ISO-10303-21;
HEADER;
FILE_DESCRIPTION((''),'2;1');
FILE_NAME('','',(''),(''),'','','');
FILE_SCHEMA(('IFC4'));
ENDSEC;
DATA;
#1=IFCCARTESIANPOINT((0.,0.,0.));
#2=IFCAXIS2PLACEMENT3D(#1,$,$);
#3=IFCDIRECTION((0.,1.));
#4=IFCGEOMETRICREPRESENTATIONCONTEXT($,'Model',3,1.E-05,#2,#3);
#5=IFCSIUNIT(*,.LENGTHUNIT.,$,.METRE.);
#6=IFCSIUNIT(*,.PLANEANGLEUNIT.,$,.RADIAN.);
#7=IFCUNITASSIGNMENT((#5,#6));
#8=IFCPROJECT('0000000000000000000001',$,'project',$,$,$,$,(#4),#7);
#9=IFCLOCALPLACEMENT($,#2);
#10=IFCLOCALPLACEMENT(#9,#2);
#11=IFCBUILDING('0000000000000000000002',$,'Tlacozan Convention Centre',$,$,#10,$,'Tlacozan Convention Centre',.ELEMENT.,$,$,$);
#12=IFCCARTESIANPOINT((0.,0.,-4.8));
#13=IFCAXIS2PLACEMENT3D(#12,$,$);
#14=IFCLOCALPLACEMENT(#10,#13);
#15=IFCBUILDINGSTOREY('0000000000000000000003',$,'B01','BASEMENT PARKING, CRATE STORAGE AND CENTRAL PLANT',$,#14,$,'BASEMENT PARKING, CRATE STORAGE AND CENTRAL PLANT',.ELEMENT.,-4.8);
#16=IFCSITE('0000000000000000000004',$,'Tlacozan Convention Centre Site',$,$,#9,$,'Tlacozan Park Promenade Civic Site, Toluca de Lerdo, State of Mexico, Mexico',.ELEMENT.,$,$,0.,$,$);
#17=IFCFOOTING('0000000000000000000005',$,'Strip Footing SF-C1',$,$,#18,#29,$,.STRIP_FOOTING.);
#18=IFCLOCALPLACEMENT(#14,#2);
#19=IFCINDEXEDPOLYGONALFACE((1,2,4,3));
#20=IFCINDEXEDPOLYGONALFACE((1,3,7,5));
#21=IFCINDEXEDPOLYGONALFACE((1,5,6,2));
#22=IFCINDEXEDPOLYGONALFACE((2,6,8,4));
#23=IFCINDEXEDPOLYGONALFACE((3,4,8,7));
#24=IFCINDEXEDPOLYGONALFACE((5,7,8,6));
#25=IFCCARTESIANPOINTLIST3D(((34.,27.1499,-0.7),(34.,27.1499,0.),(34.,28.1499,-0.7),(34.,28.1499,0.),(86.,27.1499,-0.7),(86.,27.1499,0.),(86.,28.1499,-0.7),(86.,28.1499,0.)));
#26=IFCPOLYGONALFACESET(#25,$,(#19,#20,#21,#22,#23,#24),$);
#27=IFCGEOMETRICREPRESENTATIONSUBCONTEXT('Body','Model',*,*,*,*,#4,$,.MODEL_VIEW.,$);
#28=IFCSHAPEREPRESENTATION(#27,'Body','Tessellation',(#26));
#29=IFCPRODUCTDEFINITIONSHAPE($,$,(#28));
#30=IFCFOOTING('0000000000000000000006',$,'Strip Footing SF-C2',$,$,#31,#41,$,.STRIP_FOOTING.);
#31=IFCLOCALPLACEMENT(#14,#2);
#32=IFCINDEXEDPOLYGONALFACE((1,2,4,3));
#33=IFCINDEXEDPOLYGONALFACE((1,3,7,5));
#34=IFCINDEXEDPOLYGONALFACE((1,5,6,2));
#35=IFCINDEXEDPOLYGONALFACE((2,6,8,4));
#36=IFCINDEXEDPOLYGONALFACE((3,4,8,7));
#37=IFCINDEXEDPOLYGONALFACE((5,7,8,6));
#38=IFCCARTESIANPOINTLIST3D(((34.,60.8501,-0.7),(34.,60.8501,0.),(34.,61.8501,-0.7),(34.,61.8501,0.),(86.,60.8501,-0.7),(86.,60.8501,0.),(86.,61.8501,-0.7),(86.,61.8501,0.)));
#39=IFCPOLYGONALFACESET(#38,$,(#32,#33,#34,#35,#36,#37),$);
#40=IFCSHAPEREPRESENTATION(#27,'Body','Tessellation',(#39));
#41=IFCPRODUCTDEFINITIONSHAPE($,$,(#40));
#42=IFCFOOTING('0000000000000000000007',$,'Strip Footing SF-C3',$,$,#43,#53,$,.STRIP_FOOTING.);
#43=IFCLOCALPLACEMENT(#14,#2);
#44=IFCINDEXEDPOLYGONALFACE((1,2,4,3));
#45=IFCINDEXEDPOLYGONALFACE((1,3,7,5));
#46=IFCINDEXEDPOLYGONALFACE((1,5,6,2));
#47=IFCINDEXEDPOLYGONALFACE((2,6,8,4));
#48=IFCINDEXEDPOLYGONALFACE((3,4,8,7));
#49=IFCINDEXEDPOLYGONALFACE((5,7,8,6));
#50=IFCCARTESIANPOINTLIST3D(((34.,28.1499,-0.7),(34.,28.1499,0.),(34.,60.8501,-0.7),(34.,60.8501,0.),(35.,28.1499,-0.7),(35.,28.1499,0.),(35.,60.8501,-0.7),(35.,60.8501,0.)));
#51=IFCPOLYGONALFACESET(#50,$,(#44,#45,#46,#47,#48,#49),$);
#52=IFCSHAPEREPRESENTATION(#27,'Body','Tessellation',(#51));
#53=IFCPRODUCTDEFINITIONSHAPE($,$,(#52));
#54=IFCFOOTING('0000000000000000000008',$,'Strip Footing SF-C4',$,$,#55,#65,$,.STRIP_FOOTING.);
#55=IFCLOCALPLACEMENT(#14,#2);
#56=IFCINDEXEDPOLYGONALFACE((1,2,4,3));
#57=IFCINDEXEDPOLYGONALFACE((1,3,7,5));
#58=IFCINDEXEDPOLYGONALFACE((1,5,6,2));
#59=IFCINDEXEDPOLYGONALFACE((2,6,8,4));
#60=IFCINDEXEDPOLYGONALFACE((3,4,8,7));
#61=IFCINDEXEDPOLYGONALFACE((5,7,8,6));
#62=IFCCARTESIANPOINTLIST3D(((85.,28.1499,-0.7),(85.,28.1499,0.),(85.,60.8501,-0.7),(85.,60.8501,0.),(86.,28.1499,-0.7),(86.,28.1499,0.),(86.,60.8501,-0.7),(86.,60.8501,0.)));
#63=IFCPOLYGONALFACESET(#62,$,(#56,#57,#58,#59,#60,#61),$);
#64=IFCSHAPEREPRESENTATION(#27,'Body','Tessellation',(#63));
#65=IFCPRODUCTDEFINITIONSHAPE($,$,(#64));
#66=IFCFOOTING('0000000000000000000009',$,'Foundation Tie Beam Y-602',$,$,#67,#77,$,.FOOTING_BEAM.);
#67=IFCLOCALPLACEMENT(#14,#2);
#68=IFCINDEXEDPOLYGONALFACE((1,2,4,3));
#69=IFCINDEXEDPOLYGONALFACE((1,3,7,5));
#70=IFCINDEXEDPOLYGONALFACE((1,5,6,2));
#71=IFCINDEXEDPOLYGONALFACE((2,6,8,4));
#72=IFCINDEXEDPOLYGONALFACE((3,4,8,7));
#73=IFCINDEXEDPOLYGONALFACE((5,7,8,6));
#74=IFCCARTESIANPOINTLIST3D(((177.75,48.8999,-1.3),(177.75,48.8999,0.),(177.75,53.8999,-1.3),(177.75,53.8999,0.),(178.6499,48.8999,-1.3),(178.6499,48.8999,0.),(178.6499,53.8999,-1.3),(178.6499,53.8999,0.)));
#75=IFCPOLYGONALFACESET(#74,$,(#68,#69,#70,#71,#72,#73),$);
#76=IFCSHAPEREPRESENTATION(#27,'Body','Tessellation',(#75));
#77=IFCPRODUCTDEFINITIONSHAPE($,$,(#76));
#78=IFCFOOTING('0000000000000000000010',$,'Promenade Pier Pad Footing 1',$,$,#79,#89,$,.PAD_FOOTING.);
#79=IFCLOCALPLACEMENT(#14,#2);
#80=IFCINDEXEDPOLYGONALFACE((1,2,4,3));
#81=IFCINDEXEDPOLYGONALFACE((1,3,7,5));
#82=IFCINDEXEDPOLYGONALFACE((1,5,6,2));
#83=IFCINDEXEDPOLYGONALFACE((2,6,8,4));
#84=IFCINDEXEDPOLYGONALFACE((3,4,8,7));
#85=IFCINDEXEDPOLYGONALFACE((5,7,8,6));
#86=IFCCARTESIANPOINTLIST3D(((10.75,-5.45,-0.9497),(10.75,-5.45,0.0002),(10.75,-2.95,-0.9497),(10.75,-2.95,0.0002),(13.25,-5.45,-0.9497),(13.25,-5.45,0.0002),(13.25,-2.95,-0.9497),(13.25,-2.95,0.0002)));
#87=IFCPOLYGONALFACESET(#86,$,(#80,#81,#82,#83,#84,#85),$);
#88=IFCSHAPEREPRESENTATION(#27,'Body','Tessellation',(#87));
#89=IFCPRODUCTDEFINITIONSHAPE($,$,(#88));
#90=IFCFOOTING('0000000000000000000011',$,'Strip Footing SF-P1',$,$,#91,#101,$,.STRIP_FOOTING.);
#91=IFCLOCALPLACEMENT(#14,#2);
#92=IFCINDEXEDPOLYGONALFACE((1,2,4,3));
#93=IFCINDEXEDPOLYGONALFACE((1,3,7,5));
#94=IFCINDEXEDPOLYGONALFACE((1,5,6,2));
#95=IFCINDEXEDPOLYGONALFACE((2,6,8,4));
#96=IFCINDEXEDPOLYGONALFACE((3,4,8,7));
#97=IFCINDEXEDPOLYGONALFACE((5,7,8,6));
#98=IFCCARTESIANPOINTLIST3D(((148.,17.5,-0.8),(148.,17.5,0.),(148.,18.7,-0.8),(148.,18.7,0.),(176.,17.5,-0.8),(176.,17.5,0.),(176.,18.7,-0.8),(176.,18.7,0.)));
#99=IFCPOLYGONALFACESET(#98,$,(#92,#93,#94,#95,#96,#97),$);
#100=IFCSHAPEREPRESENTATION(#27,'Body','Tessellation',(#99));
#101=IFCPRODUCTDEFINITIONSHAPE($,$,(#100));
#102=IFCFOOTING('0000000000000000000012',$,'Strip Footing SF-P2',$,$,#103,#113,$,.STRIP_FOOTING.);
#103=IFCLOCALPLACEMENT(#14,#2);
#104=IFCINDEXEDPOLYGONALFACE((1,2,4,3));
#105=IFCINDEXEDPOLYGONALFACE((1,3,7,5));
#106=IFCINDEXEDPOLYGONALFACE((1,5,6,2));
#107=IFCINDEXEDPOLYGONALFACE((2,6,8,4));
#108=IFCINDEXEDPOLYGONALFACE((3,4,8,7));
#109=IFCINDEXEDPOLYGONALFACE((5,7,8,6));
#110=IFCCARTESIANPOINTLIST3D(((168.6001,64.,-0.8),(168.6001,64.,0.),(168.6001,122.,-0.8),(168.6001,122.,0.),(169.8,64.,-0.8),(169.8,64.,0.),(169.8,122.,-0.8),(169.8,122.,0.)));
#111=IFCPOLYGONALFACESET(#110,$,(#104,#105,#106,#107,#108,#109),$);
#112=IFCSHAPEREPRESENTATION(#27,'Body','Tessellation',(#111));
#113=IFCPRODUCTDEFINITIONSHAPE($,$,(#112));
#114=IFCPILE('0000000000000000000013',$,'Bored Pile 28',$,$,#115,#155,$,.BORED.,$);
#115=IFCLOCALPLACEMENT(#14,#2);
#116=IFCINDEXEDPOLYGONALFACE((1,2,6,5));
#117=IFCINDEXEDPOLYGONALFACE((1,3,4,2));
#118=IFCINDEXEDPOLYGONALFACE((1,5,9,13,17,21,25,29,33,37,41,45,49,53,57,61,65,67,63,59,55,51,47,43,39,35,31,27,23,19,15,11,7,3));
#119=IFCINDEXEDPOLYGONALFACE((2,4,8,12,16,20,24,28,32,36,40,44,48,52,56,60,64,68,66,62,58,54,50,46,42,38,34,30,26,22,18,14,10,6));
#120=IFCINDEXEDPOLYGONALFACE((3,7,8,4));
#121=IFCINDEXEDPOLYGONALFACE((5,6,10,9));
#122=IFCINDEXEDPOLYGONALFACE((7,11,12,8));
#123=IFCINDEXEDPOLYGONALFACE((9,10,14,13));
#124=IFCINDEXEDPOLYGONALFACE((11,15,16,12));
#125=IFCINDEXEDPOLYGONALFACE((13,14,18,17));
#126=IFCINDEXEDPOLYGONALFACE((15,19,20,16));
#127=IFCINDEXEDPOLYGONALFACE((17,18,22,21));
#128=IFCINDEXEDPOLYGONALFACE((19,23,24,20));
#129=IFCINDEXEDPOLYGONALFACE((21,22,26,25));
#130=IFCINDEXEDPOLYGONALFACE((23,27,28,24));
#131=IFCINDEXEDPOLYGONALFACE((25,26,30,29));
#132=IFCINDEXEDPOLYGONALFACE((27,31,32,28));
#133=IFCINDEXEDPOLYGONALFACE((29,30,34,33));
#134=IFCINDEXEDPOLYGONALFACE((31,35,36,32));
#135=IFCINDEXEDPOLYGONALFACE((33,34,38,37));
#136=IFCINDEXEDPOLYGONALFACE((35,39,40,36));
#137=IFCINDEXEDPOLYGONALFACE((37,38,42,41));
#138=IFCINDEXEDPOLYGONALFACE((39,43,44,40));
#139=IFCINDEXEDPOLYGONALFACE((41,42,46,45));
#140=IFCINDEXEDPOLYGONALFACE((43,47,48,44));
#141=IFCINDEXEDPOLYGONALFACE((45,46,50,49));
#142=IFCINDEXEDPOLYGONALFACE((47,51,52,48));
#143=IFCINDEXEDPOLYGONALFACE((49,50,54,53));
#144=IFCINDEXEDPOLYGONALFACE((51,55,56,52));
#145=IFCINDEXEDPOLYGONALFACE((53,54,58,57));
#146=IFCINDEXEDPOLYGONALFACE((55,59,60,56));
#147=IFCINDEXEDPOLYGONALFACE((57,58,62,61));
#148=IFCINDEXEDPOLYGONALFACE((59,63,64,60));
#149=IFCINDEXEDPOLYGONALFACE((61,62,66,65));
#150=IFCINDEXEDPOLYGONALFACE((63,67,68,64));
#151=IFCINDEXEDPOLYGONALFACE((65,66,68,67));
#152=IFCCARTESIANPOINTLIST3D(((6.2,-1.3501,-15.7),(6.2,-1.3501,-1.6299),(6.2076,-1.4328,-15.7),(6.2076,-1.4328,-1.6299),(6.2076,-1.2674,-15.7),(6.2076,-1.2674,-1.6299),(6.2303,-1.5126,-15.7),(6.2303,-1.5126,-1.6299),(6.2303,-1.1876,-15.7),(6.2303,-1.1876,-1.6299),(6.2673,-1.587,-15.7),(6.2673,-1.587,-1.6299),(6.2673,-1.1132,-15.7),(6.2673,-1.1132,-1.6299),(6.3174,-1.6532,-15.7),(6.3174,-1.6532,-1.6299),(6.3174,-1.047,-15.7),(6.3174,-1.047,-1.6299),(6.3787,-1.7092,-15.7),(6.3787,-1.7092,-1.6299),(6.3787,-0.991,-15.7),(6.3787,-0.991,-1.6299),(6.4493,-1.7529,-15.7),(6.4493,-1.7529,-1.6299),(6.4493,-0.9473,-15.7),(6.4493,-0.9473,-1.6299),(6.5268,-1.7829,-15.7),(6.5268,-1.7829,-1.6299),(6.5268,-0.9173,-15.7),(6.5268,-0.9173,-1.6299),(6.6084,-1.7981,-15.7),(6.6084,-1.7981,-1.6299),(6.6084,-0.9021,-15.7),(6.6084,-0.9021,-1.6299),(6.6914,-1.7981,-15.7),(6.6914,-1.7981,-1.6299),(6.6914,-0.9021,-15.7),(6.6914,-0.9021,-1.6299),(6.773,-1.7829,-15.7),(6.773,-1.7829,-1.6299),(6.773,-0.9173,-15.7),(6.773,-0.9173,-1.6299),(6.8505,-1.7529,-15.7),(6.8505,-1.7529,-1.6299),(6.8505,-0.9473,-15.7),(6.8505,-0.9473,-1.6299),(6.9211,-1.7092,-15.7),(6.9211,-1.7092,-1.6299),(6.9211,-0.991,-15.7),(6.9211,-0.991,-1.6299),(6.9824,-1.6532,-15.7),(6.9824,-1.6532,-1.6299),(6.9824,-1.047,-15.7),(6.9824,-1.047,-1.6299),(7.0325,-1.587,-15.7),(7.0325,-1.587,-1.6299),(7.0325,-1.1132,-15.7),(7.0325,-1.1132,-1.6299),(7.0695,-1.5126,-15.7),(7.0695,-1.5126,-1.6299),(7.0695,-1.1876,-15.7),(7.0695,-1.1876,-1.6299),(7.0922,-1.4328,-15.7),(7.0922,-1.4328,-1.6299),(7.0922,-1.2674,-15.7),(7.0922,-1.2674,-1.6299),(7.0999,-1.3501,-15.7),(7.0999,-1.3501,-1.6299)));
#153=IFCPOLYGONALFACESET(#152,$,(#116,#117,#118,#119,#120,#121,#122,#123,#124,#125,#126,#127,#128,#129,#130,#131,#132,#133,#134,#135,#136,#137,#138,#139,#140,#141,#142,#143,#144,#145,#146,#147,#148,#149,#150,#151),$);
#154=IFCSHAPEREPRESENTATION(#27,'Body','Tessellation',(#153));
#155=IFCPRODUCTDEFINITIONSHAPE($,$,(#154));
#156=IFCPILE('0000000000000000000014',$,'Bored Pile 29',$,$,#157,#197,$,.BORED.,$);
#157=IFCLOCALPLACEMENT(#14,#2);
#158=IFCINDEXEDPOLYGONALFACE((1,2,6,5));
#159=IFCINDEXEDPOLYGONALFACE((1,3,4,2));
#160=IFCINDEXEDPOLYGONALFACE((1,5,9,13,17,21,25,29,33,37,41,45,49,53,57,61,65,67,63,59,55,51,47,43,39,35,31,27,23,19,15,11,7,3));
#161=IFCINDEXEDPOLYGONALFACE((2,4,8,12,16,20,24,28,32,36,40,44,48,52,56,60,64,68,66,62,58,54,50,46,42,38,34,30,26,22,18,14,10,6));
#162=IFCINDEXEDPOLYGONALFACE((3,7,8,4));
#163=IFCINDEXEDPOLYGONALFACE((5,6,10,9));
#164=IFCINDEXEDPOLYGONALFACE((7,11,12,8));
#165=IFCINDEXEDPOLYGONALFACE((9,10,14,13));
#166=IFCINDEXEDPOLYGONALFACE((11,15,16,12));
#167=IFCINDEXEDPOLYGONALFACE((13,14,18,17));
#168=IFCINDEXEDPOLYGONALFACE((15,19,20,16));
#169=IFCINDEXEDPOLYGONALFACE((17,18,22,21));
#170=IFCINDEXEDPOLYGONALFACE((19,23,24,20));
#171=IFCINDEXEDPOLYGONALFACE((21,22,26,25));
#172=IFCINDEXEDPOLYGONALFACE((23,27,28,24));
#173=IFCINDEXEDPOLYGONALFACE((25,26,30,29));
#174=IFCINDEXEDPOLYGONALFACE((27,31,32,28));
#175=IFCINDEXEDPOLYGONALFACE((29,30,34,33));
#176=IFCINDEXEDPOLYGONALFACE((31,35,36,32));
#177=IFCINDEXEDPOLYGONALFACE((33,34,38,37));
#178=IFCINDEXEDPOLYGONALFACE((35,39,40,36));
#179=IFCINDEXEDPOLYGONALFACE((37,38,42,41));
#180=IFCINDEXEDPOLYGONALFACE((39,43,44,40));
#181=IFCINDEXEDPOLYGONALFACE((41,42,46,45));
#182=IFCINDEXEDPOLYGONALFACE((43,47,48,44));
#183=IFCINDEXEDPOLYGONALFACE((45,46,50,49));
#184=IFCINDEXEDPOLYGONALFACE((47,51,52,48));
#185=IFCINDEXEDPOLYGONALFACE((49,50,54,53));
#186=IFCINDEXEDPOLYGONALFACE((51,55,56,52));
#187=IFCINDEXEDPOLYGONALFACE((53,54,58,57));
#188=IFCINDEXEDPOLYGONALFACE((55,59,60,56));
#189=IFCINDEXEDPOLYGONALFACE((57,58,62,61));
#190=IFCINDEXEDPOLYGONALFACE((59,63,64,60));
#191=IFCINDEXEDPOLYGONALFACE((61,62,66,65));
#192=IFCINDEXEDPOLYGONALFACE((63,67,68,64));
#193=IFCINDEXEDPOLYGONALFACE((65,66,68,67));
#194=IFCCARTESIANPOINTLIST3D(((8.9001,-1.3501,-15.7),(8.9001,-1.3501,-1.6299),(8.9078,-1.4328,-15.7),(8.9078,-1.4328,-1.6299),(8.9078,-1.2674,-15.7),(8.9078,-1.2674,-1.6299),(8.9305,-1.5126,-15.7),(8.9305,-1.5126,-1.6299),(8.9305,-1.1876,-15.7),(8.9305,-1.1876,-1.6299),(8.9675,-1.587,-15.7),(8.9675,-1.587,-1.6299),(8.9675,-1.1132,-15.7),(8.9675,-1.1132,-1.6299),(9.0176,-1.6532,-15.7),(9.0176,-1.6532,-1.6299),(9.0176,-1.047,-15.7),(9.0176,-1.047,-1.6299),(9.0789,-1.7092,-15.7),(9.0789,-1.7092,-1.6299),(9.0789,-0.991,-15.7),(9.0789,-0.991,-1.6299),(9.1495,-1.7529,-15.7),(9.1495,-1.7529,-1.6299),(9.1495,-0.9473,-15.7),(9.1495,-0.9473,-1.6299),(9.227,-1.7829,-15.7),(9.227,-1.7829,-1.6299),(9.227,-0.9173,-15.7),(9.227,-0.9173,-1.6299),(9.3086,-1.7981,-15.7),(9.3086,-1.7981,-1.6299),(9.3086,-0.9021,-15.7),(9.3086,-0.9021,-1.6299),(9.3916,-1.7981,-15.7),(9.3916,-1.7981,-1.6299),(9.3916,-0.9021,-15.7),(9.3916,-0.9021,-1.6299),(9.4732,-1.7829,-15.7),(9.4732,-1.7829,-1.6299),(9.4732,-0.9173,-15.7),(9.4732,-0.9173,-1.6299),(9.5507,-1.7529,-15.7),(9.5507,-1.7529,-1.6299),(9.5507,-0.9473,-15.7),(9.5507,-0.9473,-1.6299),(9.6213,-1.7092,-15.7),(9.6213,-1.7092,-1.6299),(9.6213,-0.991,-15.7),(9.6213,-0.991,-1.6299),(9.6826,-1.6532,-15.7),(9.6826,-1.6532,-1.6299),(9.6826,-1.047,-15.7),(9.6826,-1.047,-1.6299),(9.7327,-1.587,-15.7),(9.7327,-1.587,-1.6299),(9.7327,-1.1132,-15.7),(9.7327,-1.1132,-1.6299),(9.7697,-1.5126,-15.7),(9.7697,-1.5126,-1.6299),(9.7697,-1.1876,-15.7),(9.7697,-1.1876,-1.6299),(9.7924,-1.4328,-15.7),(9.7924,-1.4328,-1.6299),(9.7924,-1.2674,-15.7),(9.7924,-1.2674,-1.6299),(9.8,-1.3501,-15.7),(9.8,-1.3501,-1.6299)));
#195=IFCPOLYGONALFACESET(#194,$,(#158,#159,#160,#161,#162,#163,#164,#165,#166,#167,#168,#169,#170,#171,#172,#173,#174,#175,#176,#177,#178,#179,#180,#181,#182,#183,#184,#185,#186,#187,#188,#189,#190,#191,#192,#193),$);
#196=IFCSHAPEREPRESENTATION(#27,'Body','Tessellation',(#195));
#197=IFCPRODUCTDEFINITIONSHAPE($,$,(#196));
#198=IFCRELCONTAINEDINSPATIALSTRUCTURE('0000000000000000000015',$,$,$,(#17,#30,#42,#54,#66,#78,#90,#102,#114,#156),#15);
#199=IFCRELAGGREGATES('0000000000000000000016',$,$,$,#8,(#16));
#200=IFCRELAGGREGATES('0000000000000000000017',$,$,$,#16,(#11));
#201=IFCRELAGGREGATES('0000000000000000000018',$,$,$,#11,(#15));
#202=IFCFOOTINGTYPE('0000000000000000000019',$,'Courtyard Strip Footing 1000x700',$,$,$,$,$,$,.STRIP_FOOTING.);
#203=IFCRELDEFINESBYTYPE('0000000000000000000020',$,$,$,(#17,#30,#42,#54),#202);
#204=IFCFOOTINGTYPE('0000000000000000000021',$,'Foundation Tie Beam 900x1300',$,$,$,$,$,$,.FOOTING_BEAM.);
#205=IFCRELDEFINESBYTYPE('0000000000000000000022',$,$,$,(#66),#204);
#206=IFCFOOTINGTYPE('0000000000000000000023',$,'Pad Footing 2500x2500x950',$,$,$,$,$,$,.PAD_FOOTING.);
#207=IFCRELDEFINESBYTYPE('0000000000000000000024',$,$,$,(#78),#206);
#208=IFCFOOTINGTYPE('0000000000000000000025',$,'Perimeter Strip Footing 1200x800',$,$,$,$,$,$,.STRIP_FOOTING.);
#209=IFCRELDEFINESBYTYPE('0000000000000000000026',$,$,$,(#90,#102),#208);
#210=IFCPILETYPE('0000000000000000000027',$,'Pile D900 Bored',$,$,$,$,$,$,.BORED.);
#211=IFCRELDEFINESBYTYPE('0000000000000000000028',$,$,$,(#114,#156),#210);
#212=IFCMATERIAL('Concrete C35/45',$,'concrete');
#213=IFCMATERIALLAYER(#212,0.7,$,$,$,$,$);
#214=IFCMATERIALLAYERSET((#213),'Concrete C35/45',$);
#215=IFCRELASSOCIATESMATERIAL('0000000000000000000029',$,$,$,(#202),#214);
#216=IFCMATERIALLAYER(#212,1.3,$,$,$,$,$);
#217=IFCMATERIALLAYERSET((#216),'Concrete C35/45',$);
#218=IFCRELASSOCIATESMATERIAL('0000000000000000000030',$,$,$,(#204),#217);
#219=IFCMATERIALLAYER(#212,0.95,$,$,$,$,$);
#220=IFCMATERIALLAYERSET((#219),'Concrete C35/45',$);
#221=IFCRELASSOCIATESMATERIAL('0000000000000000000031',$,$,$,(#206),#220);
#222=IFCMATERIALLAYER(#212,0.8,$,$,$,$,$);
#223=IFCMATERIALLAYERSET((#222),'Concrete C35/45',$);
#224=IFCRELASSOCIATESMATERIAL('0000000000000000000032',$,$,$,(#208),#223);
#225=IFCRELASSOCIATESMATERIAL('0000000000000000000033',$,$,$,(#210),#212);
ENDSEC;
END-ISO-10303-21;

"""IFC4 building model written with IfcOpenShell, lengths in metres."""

from ifc_helpers import new_model, si_unit, direction, frame, origin, origin_2d, place, context, subcontext, project, spatial, polyline, rectangle, circle, outline, extrude, material, layer, layer_set, material_profile, profile_set, type_object, element, save


model = new_model("IFC4")

# Units and contexts
model_context = context("Model", 3, precision=1e-05, world=origin(), true_north=direction((0.0, 1.0)))
body_context = subcontext(model_context, "Body", "Model", "MODEL_VIEW")
ifc_project = project(units=[si_unit("LENGTHUNIT", "METRE"), si_unit("PLANEANGLEUNIT", "RADIAN")], contexts=[model_context])

# Site, building, storey
site_placement = place(None, origin())
site = spatial("IfcSite", under=ifc_project, at=site_placement, Name="Tlacozan Convention Centre Site", LongName="Tlacozan Park Promenade Civic Site, Toluca de Lerdo, State of Mexico, Mexico", CompositionType="ELEMENT", RefElevation=0.0)
building_placement = place(site_placement, origin())
building = spatial("IfcBuilding", under=site, at=building_placement, Name="Tlacozan Convention Centre", LongName="Tlacozan Convention Centre", CompositionType="ELEMENT")
storey_placement = place(building_placement, frame((0.0, 0.0, -4.8)))
storey = spatial("IfcBuildingStorey", under=building, at=storey_placement, Name="B01", Description="BASEMENT PARKING, CRATE STORAGE AND CENTRAL PLANT", LongName="BASEMENT PARKING, CRATE STORAGE AND CENTRAL PLANT", CompositionType="ELEMENT", Elevation=-4.8)

# Footings
ifc_material_1 = material(Name="Concrete C35/45", Category="concrete")
ifc_layer_1 = layer(ifc_material_1, 0.7)
ifc_layer_set_1 = layer_set([ifc_layer_1], Name="Concrete C35/45")
footing_type_1 = type_object("IfcFootingType", Name="Courtyard Strip Footing 1000x700", PredefinedType="STRIP_FOOTING", material=ifc_layer_set_1)
footing_1_placement = place(storey_placement, frame((0.0, 0.0, -0.7)))
element("IfcFooting", 1, at=footing_1_placement, inside=storey, type_object=footing_type_1, Name="Strip Footing SF-C1", PredefinedType="STRIP_FOOTING", context=body_context, shape_type="SweptSolid", body=[
    extrude(outline(polyline([(34.0, 27.1499), (86.0, 27.1499), (86.0, 28.1499), (34.0, 28.1499), (34.0, 27.1499)])), origin(), (0.0, 0.0, 1.0), 0.7),
])
footing_2_placement = place(storey_placement, frame((0.0, 0.0, -0.7)))
element("IfcFooting", 2, at=footing_2_placement, inside=storey, type_object=footing_type_1, Name="Strip Footing SF-C2", PredefinedType="STRIP_FOOTING", context=body_context, shape_type="SweptSolid", body=[
    extrude(outline(polyline([(34.0, 60.8501), (86.0, 60.8501), (86.0, 61.8501), (34.0, 61.8501), (34.0, 60.8501)])), origin(), (0.0, 0.0, 1.0), 0.7),
])
footing_3_placement = place(storey_placement, frame((0.0, 0.0, -0.7)))
element("IfcFooting", 3, at=footing_3_placement, inside=storey, type_object=footing_type_1, Name="Strip Footing SF-C3", PredefinedType="STRIP_FOOTING", context=body_context, shape_type="SweptSolid", body=[
    extrude(outline(polyline([(34.0, 28.1499), (35.0, 28.1499), (35.0, 60.8501), (34.0, 60.8501), (34.0, 28.1499)])), origin(), (0.0, 0.0, 1.0), 0.7),
])
footing_4_placement = place(storey_placement, frame((0.0, 0.0, -0.7)))
element("IfcFooting", 4, at=footing_4_placement, inside=storey, type_object=footing_type_1, Name="Strip Footing SF-C4", PredefinedType="STRIP_FOOTING", context=body_context, shape_type="SweptSolid", body=[
    extrude(outline(polyline([(85.0, 28.1499), (86.0, 28.1499), (86.0, 60.8501), (85.0, 60.8501), (85.0, 28.1499)])), origin(), (0.0, 0.0, 1.0), 0.7),
])
ifc_layer_2 = layer(ifc_material_1, 1.3)
ifc_layer_set_2 = layer_set([ifc_layer_2], Name="Concrete C35/45")
footing_type_2 = type_object("IfcFootingType", Name="Foundation Tie Beam 900x1300", PredefinedType="FOOTING_BEAM", material=ifc_layer_set_2)
footing_5_placement = place(storey_placement, frame((0.0, 0.0, -1.3)))
element("IfcFooting", 5, at=footing_5_placement, inside=storey, type_object=footing_type_2, Name="Foundation Tie Beam Y-602", PredefinedType="FOOTING_BEAM", context=body_context, shape_type="SweptSolid", body=[
    extrude(outline(polyline([(177.75, 48.8999), (178.6499, 48.8999), (178.6499, 53.8999), (177.75, 53.8999), (177.75, 48.8999)])), origin(), (0.0, 0.0, 1.0), 1.3),
])
ifc_layer_3 = layer(ifc_material_1, 0.95)
ifc_layer_set_3 = layer_set([ifc_layer_3], Name="Concrete C35/45")
footing_type_3 = type_object("IfcFootingType", Name="Pad Footing 2500x2500x950", PredefinedType="PAD_FOOTING", material=ifc_layer_set_3)
footing_6_placement = place(storey_placement, frame((12.0, -4.2, -0.9497), z_axis=(0.0, 0.0, 1.0), x_axis=(1.0, 0.0, 0.0)))
element("IfcFooting", 6, at=footing_6_placement, inside=storey, type_object=footing_type_3, Name="Promenade Pier Pad Footing 1", PredefinedType="PAD_FOOTING", context=body_context, shape_type="SweptSolid", body=[
    extrude(rectangle(XDim=2.5, YDim=2.5, at=origin_2d()), origin(), (0.0, 0.0, 1.0), 0.95),
])
ifc_layer_4 = layer(ifc_material_1, 0.8)
ifc_layer_set_4 = layer_set([ifc_layer_4], Name="Concrete C35/45")
footing_type_4 = type_object("IfcFootingType", Name="Perimeter Strip Footing 1200x800", PredefinedType="STRIP_FOOTING", material=ifc_layer_set_4)
footing_7_placement = place(storey_placement, frame((0.0, 0.0, -0.8)))
element("IfcFooting", 7, at=footing_7_placement, inside=storey, type_object=footing_type_4, Name="Strip Footing SF-P1", PredefinedType="STRIP_FOOTING", context=body_context, shape_type="SweptSolid", body=[
    extrude(outline(polyline([(148.0, 17.5), (176.0, 17.5), (176.0, 18.7), (148.0, 18.7), (148.0, 17.5)])), origin(), (0.0, 0.0, 1.0), 0.8),
])
footing_8_placement = place(storey_placement, frame((0.0, 0.0, -0.8)))
element("IfcFooting", 8, at=footing_8_placement, inside=storey, type_object=footing_type_4, Name="Strip Footing SF-P2", PredefinedType="STRIP_FOOTING", context=body_context, shape_type="SweptSolid", body=[
    extrude(outline(polyline([(168.6001, 64.0), (169.8, 64.0), (169.8, 122.0), (168.6001, 122.0), (168.6001, 64.0)])), origin(), (0.0, 0.0, 1.0), 0.8),
])

# Piles
ifc_material_profile_1 = material_profile(ifc_material_1, circle(Radius=0.45, at=origin_2d()), Name="PILE D900")
ifc_profile_set_1 = profile_set([ifc_material_profile_1], Name="Concrete C35/45")
pile_type = type_object("IfcPileType", Name="Pile D900 Bored", PredefinedType="BORED", material=ifc_profile_set_1)
for number, where, z_axis, x_axis, name in (
    (9, (6.6499, -1.3501, -1.6299), (0.0, 0.0, -1.0), (1.0, 0.0, 0.0), "Bored Pile 28"),
    (10, (9.3501, -1.3501, -1.6299), (0.0, 0.0, -1.0), (1.0, 0.0, 0.0), "Bored Pile 29"),
):
    element("IfcPile", number, at=place(storey_placement, frame(where, z_axis=z_axis, x_axis=x_axis)), inside=storey, type_object=pile_type, Name=name, PredefinedType="BORED", context=body_context, shape_type="SweptSolid", body=[
        extrude(circle(Radius=0.45, at=origin_2d()), origin(), (0.0, 0.0, 1.0), 14.0701),
    ])

save(model, "model.ifc")
